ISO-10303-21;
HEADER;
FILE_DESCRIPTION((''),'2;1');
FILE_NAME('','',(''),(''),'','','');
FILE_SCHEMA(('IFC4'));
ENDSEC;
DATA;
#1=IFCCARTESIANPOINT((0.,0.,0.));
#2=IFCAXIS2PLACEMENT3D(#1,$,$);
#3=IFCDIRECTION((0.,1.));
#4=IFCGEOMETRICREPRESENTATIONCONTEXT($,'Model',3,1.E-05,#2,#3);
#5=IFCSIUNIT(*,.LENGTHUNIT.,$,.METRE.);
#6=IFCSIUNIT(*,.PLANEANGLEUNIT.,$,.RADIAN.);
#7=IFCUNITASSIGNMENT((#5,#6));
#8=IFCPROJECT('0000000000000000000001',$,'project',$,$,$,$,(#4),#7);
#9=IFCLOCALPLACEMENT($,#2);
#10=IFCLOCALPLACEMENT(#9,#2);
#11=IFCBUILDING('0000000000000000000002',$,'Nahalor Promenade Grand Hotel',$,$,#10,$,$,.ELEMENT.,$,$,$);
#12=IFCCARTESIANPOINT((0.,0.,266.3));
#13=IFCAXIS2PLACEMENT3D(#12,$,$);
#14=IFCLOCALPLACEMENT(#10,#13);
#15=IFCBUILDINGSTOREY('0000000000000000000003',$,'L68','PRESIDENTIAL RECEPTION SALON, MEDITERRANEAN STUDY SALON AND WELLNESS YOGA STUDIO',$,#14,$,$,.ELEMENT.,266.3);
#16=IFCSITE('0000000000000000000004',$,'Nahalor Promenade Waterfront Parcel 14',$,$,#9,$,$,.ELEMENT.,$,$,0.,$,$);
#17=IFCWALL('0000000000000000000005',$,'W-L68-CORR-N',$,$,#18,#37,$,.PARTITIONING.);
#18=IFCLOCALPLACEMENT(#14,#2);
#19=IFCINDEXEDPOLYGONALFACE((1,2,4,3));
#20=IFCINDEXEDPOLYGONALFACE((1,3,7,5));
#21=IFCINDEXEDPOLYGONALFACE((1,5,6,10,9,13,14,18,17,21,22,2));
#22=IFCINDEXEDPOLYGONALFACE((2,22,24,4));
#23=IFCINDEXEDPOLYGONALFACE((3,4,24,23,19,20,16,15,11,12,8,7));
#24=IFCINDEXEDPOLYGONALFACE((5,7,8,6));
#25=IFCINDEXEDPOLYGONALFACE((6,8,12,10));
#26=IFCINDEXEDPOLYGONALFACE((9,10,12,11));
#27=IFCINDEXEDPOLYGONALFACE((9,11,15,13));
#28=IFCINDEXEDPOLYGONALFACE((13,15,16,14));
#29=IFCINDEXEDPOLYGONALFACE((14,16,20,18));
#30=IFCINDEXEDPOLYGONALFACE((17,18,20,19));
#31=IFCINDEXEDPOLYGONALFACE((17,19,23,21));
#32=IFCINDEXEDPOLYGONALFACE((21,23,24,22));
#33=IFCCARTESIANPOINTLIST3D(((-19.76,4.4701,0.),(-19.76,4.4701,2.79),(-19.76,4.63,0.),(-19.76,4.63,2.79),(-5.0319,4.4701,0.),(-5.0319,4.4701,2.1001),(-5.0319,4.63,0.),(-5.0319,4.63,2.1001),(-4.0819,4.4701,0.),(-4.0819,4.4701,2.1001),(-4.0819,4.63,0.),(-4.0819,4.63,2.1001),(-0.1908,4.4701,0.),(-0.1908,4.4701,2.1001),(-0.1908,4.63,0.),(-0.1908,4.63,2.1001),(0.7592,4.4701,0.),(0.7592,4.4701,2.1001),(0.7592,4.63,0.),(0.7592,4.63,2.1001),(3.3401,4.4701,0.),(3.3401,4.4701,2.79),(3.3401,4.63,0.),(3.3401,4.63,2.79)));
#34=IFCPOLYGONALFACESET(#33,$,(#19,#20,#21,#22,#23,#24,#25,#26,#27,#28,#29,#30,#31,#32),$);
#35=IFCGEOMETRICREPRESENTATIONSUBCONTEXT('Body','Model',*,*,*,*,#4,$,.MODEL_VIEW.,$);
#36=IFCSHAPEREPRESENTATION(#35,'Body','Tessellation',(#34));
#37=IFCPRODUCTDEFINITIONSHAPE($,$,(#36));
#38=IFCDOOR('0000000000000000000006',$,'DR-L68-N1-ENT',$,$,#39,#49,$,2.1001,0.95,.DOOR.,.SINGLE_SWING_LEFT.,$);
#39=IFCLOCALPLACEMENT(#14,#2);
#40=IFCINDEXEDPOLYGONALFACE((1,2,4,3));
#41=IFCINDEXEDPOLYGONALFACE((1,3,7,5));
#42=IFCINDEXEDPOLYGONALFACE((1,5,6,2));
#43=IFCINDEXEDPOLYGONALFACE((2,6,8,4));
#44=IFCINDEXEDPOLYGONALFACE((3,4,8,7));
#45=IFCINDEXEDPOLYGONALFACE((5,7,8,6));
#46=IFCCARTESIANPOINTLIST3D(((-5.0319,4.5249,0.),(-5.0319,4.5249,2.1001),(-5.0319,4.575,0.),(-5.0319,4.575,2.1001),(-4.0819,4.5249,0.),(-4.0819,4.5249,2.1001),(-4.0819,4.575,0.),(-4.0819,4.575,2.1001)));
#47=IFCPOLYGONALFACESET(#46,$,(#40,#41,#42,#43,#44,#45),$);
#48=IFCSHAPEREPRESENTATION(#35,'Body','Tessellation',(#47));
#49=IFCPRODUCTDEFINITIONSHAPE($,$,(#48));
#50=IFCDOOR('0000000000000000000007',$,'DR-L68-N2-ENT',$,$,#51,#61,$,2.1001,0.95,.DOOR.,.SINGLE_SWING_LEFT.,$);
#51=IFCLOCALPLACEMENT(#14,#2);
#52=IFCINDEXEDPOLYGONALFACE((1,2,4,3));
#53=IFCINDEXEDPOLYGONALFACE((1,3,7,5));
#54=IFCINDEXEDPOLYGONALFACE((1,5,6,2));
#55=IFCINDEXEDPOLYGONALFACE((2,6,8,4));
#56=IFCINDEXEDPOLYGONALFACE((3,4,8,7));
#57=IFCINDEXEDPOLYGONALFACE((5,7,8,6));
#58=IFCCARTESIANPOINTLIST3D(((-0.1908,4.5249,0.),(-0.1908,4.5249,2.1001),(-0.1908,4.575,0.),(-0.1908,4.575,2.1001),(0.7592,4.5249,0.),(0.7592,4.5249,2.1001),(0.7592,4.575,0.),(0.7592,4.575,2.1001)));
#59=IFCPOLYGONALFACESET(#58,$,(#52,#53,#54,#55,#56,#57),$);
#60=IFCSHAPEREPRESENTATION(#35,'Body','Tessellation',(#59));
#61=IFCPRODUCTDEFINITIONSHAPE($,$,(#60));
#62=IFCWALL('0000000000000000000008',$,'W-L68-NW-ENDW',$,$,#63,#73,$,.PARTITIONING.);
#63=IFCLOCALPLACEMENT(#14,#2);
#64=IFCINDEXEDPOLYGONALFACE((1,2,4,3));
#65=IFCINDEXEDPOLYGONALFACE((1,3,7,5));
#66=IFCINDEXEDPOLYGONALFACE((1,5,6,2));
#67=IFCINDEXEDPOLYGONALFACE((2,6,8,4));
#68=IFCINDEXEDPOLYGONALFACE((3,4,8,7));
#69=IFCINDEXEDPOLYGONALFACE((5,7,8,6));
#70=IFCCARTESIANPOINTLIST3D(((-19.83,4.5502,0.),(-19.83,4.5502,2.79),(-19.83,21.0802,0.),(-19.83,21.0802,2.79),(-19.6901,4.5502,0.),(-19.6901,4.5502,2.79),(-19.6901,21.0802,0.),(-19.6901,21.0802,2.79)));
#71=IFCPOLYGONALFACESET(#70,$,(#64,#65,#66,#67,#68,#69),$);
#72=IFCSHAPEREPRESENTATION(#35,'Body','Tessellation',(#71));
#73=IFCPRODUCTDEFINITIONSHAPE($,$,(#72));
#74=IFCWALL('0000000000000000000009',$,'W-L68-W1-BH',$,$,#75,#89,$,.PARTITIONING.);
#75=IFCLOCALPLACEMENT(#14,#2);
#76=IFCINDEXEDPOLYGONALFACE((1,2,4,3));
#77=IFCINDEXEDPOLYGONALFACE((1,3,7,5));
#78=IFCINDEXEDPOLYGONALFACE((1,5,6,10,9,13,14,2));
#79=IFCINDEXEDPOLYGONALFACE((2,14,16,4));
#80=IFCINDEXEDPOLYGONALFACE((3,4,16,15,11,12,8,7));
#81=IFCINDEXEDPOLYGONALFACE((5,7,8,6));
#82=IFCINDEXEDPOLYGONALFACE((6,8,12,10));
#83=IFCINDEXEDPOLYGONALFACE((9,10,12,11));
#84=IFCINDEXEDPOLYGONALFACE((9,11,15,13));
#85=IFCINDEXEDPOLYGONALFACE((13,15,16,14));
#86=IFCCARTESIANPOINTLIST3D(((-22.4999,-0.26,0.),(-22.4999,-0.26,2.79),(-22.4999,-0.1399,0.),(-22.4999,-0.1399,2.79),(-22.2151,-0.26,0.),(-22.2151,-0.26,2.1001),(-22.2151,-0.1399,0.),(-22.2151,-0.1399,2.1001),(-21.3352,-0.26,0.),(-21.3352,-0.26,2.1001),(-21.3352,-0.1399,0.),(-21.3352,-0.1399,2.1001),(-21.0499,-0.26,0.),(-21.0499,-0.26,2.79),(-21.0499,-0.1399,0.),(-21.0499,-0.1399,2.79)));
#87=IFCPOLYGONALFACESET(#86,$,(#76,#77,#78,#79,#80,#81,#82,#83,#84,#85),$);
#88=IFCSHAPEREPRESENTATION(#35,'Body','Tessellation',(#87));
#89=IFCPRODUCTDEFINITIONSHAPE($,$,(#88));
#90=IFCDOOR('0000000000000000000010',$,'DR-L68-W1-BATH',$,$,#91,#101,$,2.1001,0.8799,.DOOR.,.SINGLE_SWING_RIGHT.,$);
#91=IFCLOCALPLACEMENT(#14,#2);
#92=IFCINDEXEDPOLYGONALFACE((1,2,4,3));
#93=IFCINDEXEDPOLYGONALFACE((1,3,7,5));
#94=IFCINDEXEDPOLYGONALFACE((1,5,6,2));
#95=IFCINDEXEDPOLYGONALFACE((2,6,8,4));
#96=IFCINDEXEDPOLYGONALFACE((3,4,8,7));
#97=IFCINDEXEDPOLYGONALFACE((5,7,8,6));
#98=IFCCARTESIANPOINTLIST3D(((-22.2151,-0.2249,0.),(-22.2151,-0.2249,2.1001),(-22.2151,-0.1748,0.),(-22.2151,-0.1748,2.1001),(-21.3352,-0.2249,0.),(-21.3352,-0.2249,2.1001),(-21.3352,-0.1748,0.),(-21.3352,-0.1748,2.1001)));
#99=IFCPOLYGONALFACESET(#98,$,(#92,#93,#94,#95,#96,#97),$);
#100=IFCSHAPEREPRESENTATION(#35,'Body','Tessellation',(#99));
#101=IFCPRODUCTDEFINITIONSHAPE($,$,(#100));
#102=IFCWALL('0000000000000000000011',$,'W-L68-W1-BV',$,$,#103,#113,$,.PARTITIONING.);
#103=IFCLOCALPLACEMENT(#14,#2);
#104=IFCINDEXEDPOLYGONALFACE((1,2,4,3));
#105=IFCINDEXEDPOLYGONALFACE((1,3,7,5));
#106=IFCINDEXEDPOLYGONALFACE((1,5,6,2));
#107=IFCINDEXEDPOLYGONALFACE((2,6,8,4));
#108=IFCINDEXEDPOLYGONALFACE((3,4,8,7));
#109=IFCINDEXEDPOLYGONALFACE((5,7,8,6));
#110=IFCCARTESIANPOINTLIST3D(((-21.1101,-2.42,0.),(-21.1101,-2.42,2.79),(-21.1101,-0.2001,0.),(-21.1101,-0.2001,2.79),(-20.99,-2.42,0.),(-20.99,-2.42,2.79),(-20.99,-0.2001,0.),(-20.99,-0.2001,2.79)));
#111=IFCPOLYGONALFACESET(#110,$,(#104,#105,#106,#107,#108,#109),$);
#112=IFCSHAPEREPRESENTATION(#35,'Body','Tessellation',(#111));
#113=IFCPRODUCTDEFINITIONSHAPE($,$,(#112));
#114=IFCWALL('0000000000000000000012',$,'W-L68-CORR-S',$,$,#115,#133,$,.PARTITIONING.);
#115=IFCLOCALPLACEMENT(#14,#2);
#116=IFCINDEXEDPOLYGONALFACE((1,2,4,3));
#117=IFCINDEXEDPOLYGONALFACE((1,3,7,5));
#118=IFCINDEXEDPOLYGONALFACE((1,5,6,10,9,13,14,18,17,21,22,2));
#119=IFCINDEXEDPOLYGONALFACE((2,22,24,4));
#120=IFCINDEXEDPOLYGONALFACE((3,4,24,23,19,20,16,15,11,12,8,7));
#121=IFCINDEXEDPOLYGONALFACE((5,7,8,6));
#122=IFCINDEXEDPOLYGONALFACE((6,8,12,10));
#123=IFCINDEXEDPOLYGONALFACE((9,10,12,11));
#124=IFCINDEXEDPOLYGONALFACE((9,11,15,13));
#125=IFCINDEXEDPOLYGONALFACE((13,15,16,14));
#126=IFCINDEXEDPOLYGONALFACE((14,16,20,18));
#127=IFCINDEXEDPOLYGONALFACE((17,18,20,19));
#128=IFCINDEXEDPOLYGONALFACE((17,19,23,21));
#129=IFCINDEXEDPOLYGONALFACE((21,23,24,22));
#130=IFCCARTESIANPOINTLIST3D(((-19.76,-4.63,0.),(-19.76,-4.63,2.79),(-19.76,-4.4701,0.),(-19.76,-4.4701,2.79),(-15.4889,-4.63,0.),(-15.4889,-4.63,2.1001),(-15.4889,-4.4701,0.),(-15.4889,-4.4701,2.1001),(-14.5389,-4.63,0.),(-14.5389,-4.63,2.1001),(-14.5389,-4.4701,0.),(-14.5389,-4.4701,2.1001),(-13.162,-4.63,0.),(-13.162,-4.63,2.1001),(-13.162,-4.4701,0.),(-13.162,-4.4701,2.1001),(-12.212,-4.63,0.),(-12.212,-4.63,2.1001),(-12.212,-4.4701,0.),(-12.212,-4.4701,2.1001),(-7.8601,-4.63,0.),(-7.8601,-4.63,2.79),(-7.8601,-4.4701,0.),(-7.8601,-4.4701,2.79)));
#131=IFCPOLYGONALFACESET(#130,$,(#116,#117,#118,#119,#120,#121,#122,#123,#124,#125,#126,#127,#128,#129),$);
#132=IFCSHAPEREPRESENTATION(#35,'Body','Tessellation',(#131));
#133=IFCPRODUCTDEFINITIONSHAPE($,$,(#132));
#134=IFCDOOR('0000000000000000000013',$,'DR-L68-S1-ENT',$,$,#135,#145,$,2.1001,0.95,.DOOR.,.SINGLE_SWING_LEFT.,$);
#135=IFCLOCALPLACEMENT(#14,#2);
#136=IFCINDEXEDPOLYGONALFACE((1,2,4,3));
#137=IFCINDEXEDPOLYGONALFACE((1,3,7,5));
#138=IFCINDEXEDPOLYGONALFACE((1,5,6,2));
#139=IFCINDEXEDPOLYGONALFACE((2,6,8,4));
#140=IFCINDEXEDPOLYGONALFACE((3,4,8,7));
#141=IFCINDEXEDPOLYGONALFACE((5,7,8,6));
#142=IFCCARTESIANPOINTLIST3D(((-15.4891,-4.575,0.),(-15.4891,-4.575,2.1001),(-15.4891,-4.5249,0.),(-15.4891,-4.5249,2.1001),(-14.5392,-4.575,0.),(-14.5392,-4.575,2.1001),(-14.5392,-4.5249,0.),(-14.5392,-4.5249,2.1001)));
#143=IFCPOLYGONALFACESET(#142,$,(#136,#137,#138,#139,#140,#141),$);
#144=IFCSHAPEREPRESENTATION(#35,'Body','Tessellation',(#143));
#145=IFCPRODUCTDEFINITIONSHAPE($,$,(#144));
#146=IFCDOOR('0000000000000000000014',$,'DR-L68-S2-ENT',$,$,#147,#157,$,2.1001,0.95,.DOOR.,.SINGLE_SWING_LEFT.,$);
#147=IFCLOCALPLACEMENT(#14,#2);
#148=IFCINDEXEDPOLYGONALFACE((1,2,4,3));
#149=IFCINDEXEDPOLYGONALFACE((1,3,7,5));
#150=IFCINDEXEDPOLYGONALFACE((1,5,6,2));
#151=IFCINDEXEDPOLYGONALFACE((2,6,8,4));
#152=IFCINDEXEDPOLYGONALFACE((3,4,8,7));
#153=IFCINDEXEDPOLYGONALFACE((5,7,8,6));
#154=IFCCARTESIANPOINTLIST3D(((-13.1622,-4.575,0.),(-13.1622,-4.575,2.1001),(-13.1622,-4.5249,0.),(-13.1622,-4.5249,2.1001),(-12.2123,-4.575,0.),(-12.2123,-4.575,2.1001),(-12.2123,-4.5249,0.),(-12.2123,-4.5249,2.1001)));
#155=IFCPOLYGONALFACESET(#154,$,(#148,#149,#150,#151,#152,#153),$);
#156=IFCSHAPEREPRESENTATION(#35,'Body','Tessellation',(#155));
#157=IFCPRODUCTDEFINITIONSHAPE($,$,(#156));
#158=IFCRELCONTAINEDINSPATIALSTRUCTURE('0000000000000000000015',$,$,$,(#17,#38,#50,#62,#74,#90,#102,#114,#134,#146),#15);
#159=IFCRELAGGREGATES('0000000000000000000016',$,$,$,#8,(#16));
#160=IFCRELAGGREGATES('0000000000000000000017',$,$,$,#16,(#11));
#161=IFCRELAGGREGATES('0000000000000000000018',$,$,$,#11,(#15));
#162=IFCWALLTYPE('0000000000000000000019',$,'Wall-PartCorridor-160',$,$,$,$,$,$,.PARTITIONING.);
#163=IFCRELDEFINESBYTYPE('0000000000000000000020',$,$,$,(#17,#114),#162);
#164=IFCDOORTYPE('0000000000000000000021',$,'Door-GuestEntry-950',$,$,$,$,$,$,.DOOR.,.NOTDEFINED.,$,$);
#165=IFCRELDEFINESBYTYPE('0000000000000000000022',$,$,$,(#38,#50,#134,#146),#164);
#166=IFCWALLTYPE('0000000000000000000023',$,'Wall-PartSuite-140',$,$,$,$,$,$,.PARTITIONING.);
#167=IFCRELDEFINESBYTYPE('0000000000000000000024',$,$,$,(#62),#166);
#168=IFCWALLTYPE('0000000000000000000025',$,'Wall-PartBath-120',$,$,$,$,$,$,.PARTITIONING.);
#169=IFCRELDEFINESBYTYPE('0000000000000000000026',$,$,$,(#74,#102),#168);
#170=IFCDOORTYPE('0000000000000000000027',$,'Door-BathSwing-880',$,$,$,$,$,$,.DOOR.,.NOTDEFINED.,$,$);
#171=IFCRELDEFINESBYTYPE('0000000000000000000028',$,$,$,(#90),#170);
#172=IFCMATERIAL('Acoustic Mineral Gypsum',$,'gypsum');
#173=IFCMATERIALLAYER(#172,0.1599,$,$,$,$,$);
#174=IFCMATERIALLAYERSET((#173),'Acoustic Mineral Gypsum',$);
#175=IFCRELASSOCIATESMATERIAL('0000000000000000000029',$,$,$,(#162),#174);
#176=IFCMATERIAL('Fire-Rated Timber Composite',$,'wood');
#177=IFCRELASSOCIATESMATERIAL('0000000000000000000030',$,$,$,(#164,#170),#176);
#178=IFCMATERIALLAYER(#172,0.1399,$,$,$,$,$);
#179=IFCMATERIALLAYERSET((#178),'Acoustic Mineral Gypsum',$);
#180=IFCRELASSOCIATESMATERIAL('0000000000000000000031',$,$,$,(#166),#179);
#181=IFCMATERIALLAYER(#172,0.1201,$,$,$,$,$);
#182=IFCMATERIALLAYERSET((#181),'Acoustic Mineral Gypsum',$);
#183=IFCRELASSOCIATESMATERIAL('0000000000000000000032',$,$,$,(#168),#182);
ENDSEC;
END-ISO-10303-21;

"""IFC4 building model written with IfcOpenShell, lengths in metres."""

from ifc_helpers import new_model, si_unit, direction, frame, frame_2d, origin, place, context, subcontext, project, spatial, rectangle, extrude, source, transform, mapped, material, layer, layer_set, type_object, element, fill, save


model = new_model("IFC4")

# Units and contexts
model_context = context("Model", 3, precision=1e-05, world=origin(), true_north=direction((0.0, 1.0)))
body_context = subcontext(model_context, "Body", "Model", "MODEL_VIEW")
ifc_project = project(units=[si_unit("LENGTHUNIT", "METRE"), si_unit("PLANEANGLEUNIT", "RADIAN")], contexts=[model_context])

# Site, building, storey
site_placement = place(None, origin())
site = spatial("IfcSite", under=ifc_project, at=site_placement, Name="Nahalor Promenade Waterfront Parcel 14", CompositionType="ELEMENT", RefElevation=0.0)
building_placement = place(site_placement, origin())
building = spatial("IfcBuilding", under=site, at=building_placement, Name="Nahalor Promenade Grand Hotel", CompositionType="ELEMENT")
storey_placement = place(building_placement, frame((0.0, 0.0, 266.3)))
storey = spatial("IfcBuildingStorey", under=building, at=storey_placement, Name="L68", Description="PRESIDENTIAL RECEPTION SALON, MEDITERRANEAN STUDY SALON AND WELLNESS YOGA STUDIO", CompositionType="ELEMENT", Elevation=266.3)

# Wall, openings, doors
ifc_material_1 = material(Name="Acoustic Mineral Gypsum", Category="gypsum")
ifc_layer_1 = layer(ifc_material_1, 0.1599)
ifc_layer_set_1 = layer_set([ifc_layer_1], Name="Acoustic Mineral Gypsum")
wall_type_1 = type_object("IfcWallType", Name="Wall-PartCorridor-160", PredefinedType="PARTITIONING", material=ifc_layer_set_1)
shared_shape_1 = source(origin(), body_context, "Body", "SweptSolid", [
    extrude(rectangle(XDim=23.1001, YDim=0.1599, at=frame_2d((11.55, 0.0))), origin(), (0.0, 0.0, 1.0), 2.79),
])
wall_1_placement = place(storey_placement, frame((-19.76, 4.55, 0.0), z_axis=(0.0, 0.0, 1.0), x_axis=(1.0, 0.0, 0.0)))
wall_1 = element("IfcWall", 1, at=wall_1_placement, inside=storey, type_object=wall_type_1, Name="W-L68-CORR-N", PredefinedType="PARTITIONING", context=body_context, shape_type="MappedRepresentation", body=[
    mapped(shared_shape_1, transform((0.0, 0.0, 0.0), scale=1.0)),
])
opening_1_placement = place(wall_1_placement, frame((14.728, 0.0, 0.0)))
opening_1 = element("IfcOpeningElement", 2, at=opening_1_placement, cuts=wall_1, PredefinedType="OPENING", context=body_context, shape_type="SweptSolid", body=[
    extrude(rectangle(XDim=0.95, YDim=2.1001, at=frame_2d((0.4751, 1.05))), frame((0.0, 0.0898, 0.0), z_axis=(0.0, -1.0, 0.0), x_axis=(1.0, 0.0, 0.0)), (0.0, 0.0, 1.0), 0.1799),
])
opening_2_placement = place(wall_1_placement, frame((19.5691, 0.0, 0.0)))
opening_2 = element("IfcOpeningElement", 3, at=opening_2_placement, cuts=wall_1, PredefinedType="OPENING", context=body_context, shape_type="SweptSolid", body=[
    extrude(rectangle(XDim=0.95, YDim=2.1001, at=frame_2d((0.4751, 1.05))), frame((0.0, 0.0898, 0.0), z_axis=(0.0, -1.0, 0.0), x_axis=(1.0, 0.0, 0.0)), (0.0, 0.0, 1.0), 0.1799),
])
ifc_material_2 = material(Name="Fire-Rated Timber Composite", Category="wood")
door_type_1 = type_object("IfcDoorType", Name="Door-GuestEntry-950", OperationType="NOTDEFINED", PredefinedType="DOOR", material=ifc_material_2)
shared_shape_2 = source(origin(), body_context, "Body", "SweptSolid", [
    extrude(rectangle(XDim=0.95, YDim=2.1001, at=frame_2d((0.4751, 1.05))), frame((0.0, 0.0249, 0.0), z_axis=(0.0, -1.0, 0.0), x_axis=(1.0, 0.0, 0.0)), (0.0, 0.0, 1.0), 0.05),
])
door_1_placement = place(opening_1_placement, origin())
door_1 = element("IfcDoor", 4, at=door_1_placement, inside=storey, type_object=door_type_1, Name="DR-L68-N1-ENT", OperationType="SINGLE_SWING_LEFT", OverallHeight=2.1001, OverallWidth=0.95, PredefinedType="DOOR", context=body_context, shape_type="MappedRepresentation", body=[
    mapped(shared_shape_2, transform((0.0, 0.0, 0.0), scale=1.0)),
])
fill(opening_1, door_1)
door_2_placement = place(opening_2_placement, origin())
door_2 = element("IfcDoor", 5, at=door_2_placement, inside=storey, type_object=door_type_1, Name="DR-L68-N2-ENT", OperationType="SINGLE_SWING_LEFT", OverallHeight=2.1001, OverallWidth=0.95, PredefinedType="DOOR", context=body_context, shape_type="MappedRepresentation", body=[
    mapped(shared_shape_2, transform((0.0, 0.0, 0.0), scale=1.0)),
])
fill(opening_2, door_2)

# Wall
ifc_layer_2 = layer(ifc_material_1, 0.1399)
ifc_layer_set_2 = layer_set([ifc_layer_2], Name="Acoustic Mineral Gypsum")
wall_type_2 = type_object("IfcWallType", Name="Wall-PartSuite-140", PredefinedType="PARTITIONING", material=ifc_layer_set_2)
shared_shape_3 = source(origin(), body_context, "Body", "SweptSolid", [
    extrude(rectangle(XDim=16.53, YDim=0.1399, at=frame_2d((8.2651, 0.0))), origin(), (0.0, 0.0, 1.0), 2.79),
])
wall_2_placement = place(storey_placement, frame((-19.76, 4.55, 0.0), z_axis=(0.0, 0.0, 1.0), x_axis=(0.0, 1.0, 0.0)))
element("IfcWall", 6, at=wall_2_placement, inside=storey, type_object=wall_type_2, Name="W-L68-NW-ENDW", PredefinedType="PARTITIONING", context=body_context, shape_type="MappedRepresentation", body=[
    mapped(shared_shape_3, transform((0.0, 0.0, 0.0), scale=1.0)),
])

# Wall, opening, door
ifc_layer_3 = layer(ifc_material_1, 0.1201)
ifc_layer_set_3 = layer_set([ifc_layer_3], Name="Acoustic Mineral Gypsum")
wall_type_3 = type_object("IfcWallType", Name="Wall-PartBath-120", PredefinedType="PARTITIONING", material=ifc_layer_set_3)
shared_shape_4 = source(origin(), body_context, "Body", "SweptSolid", [
    extrude(rectangle(XDim=1.45, YDim=0.1201, at=frame_2d((0.7251, 0.0))), origin(), (0.0, 0.0, 1.0), 2.79),
])
wall_3_placement = place(storey_placement, frame((-22.5, -0.2, 0.0), z_axis=(0.0, 0.0, 1.0), x_axis=(1.0, 0.0, 0.0)))
wall_3 = element("IfcWall", 7, at=wall_3_placement, inside=storey, type_object=wall_type_3, Name="W-L68-W1-BH", PredefinedType="PARTITIONING", context=body_context, shape_type="MappedRepresentation", body=[
    mapped(shared_shape_4, transform((0.0, 0.0, 0.0), scale=1.0)),
])
opening_3_placement = place(wall_3_placement, frame((0.2849, 0.0, 0.0)))
opening_3 = element("IfcOpeningElement", 8, at=opening_3_placement, cuts=wall_3, PredefinedType="OPENING", context=body_context, shape_type="SweptSolid", body=[
    extrude(rectangle(XDim=0.8799, YDim=2.1001, at=frame_2d((0.4399, 1.05))), frame((0.0, 0.0701, 0.0), z_axis=(0.0, -1.0, 0.0), x_axis=(1.0, 0.0, 0.0)), (0.0, 0.0, 1.0), 0.1401),
])
door_type_2 = type_object("IfcDoorType", Name="Door-BathSwing-880", OperationType="NOTDEFINED", PredefinedType="DOOR", material=ifc_material_2)
shared_shape_5 = source(origin(), body_context, "Body", "SweptSolid", [
    extrude(rectangle(XDim=0.8799, YDim=2.1001, at=frame_2d((0.4399, 1.05))), frame((0.0, 0.0249, 0.0), z_axis=(0.0, -1.0, 0.0), x_axis=(1.0, 0.0, 0.0)), (0.0, 0.0, 1.0), 0.05),
])
door_3_placement = place(opening_3_placement, frame((0.8799, 0.0, 0.0), z_axis=(0.0, 0.0, 1.0), x_axis=(-1.0, 0.0, 0.0)))
door_3 = element("IfcDoor", 9, at=door_3_placement, inside=storey, type_object=door_type_2, Name="DR-L68-W1-BATH", OperationType="SINGLE_SWING_RIGHT", OverallHeight=2.1001, OverallWidth=0.8799, PredefinedType="DOOR", context=body_context, shape_type="MappedRepresentation", body=[
    mapped(shared_shape_5, transform((0.0, 0.0, 0.0), scale=1.0)),
])
fill(opening_3, door_3)

# Wall
shared_shape_6 = source(origin(), body_context, "Body", "SweptSolid", [
    extrude(rectangle(XDim=2.22, YDim=0.1201, at=frame_2d((1.1099, 0.0))), origin(), (0.0, 0.0, 1.0), 2.79),
])
wall_4_placement = place(storey_placement, frame((-21.05, -2.4199, 0.0), z_axis=(0.0, 0.0, 1.0), x_axis=(0.0, 1.0, 0.0)))
element("IfcWall", 10, at=wall_4_placement, inside=storey, type_object=wall_type_3, Name="W-L68-W1-BV", PredefinedType="PARTITIONING", context=body_context, shape_type="MappedRepresentation", body=[
    mapped(shared_shape_6, transform((0.0, 0.0, 0.0), scale=1.0)),
])

# Wall, openings, doors
shared_shape_7 = source(origin(), body_context, "Body", "SweptSolid", [
    extrude(rectangle(XDim=11.8999, YDim=0.1599, at=frame_2d((5.95, 0.0))), origin(), (0.0, 0.0, 1.0), 2.79),
])
wall_5_placement = place(storey_placement, frame((-19.76, -4.55, 0.0), z_axis=(0.0, 0.0, 1.0), x_axis=(1.0, 0.0, 0.0)))
wall_5 = element("IfcWall", 11, at=wall_5_placement, inside=storey, type_object=wall_type_1, Name="W-L68-CORR-S", PredefinedType="PARTITIONING", context=body_context, shape_type="MappedRepresentation", body=[
    mapped(shared_shape_7, transform((0.0, 0.0, 0.0), scale=1.0)),
])
opening_4_placement = place(wall_5_placement, frame((4.271, 0.0, 0.0)))
opening_4 = element("IfcOpeningElement", 12, at=opening_4_placement, cuts=wall_5, PredefinedType="OPENING", context=body_context, shape_type="SweptSolid", body=[
    extrude(rectangle(XDim=0.95, YDim=2.1001, at=frame_2d((0.4751, 1.05))), frame((0.0, 0.0898, 0.0), z_axis=(0.0, -1.0, 0.0), x_axis=(1.0, 0.0, 0.0)), (0.0, 0.0, 1.0), 0.1799),
])
opening_5_placement = place(wall_5_placement, frame((6.5979, 0.0, 0.0)))
opening_5 = element("IfcOpeningElement", 13, at=opening_5_placement, cuts=wall_5, PredefinedType="OPENING", context=body_context, shape_type="SweptSolid", body=[
    extrude(rectangle(XDim=0.95, YDim=2.1001, at=frame_2d((0.4751, 1.05))), frame((0.0, 0.0898, 0.0), z_axis=(0.0, -1.0, 0.0), x_axis=(1.0, 0.0, 0.0)), (0.0, 0.0, 1.0), 0.1799),
])
door_4_placement = place(opening_4_placement, frame((0.95, 0.0, 0.0), z_axis=(0.0, 0.0, 1.0), x_axis=(-1.0, 0.0, 0.0)))
door_4 = element("IfcDoor", 14, at=door_4_placement, inside=storey, type_object=door_type_1, Name="DR-L68-S1-ENT", OperationType="SINGLE_SWING_LEFT", OverallHeight=2.1001, OverallWidth=0.95, PredefinedType="DOOR", context=body_context, shape_type="MappedRepresentation", body=[
    mapped(shared_shape_2, transform((0.0, 0.0, 0.0), scale=1.0)),
])
fill(opening_4, door_4)
door_5_placement = place(opening_5_placement, frame((0.95, 0.0, 0.0), z_axis=(0.0, 0.0, 1.0), x_axis=(-1.0, 0.0, 0.0)))
door_5 = element("IfcDoor", 15, at=door_5_placement, inside=storey, type_object=door_type_1, Name="DR-L68-S2-ENT", OperationType="SINGLE_SWING_LEFT", OverallHeight=2.1001, OverallWidth=0.95, PredefinedType="DOOR", context=body_context, shape_type="MappedRepresentation", body=[
    mapped(shared_shape_2, transform((0.0, 0.0, 0.0), scale=1.0)),
])
fill(opening_5, door_5)

save(model, "model.ifc")
